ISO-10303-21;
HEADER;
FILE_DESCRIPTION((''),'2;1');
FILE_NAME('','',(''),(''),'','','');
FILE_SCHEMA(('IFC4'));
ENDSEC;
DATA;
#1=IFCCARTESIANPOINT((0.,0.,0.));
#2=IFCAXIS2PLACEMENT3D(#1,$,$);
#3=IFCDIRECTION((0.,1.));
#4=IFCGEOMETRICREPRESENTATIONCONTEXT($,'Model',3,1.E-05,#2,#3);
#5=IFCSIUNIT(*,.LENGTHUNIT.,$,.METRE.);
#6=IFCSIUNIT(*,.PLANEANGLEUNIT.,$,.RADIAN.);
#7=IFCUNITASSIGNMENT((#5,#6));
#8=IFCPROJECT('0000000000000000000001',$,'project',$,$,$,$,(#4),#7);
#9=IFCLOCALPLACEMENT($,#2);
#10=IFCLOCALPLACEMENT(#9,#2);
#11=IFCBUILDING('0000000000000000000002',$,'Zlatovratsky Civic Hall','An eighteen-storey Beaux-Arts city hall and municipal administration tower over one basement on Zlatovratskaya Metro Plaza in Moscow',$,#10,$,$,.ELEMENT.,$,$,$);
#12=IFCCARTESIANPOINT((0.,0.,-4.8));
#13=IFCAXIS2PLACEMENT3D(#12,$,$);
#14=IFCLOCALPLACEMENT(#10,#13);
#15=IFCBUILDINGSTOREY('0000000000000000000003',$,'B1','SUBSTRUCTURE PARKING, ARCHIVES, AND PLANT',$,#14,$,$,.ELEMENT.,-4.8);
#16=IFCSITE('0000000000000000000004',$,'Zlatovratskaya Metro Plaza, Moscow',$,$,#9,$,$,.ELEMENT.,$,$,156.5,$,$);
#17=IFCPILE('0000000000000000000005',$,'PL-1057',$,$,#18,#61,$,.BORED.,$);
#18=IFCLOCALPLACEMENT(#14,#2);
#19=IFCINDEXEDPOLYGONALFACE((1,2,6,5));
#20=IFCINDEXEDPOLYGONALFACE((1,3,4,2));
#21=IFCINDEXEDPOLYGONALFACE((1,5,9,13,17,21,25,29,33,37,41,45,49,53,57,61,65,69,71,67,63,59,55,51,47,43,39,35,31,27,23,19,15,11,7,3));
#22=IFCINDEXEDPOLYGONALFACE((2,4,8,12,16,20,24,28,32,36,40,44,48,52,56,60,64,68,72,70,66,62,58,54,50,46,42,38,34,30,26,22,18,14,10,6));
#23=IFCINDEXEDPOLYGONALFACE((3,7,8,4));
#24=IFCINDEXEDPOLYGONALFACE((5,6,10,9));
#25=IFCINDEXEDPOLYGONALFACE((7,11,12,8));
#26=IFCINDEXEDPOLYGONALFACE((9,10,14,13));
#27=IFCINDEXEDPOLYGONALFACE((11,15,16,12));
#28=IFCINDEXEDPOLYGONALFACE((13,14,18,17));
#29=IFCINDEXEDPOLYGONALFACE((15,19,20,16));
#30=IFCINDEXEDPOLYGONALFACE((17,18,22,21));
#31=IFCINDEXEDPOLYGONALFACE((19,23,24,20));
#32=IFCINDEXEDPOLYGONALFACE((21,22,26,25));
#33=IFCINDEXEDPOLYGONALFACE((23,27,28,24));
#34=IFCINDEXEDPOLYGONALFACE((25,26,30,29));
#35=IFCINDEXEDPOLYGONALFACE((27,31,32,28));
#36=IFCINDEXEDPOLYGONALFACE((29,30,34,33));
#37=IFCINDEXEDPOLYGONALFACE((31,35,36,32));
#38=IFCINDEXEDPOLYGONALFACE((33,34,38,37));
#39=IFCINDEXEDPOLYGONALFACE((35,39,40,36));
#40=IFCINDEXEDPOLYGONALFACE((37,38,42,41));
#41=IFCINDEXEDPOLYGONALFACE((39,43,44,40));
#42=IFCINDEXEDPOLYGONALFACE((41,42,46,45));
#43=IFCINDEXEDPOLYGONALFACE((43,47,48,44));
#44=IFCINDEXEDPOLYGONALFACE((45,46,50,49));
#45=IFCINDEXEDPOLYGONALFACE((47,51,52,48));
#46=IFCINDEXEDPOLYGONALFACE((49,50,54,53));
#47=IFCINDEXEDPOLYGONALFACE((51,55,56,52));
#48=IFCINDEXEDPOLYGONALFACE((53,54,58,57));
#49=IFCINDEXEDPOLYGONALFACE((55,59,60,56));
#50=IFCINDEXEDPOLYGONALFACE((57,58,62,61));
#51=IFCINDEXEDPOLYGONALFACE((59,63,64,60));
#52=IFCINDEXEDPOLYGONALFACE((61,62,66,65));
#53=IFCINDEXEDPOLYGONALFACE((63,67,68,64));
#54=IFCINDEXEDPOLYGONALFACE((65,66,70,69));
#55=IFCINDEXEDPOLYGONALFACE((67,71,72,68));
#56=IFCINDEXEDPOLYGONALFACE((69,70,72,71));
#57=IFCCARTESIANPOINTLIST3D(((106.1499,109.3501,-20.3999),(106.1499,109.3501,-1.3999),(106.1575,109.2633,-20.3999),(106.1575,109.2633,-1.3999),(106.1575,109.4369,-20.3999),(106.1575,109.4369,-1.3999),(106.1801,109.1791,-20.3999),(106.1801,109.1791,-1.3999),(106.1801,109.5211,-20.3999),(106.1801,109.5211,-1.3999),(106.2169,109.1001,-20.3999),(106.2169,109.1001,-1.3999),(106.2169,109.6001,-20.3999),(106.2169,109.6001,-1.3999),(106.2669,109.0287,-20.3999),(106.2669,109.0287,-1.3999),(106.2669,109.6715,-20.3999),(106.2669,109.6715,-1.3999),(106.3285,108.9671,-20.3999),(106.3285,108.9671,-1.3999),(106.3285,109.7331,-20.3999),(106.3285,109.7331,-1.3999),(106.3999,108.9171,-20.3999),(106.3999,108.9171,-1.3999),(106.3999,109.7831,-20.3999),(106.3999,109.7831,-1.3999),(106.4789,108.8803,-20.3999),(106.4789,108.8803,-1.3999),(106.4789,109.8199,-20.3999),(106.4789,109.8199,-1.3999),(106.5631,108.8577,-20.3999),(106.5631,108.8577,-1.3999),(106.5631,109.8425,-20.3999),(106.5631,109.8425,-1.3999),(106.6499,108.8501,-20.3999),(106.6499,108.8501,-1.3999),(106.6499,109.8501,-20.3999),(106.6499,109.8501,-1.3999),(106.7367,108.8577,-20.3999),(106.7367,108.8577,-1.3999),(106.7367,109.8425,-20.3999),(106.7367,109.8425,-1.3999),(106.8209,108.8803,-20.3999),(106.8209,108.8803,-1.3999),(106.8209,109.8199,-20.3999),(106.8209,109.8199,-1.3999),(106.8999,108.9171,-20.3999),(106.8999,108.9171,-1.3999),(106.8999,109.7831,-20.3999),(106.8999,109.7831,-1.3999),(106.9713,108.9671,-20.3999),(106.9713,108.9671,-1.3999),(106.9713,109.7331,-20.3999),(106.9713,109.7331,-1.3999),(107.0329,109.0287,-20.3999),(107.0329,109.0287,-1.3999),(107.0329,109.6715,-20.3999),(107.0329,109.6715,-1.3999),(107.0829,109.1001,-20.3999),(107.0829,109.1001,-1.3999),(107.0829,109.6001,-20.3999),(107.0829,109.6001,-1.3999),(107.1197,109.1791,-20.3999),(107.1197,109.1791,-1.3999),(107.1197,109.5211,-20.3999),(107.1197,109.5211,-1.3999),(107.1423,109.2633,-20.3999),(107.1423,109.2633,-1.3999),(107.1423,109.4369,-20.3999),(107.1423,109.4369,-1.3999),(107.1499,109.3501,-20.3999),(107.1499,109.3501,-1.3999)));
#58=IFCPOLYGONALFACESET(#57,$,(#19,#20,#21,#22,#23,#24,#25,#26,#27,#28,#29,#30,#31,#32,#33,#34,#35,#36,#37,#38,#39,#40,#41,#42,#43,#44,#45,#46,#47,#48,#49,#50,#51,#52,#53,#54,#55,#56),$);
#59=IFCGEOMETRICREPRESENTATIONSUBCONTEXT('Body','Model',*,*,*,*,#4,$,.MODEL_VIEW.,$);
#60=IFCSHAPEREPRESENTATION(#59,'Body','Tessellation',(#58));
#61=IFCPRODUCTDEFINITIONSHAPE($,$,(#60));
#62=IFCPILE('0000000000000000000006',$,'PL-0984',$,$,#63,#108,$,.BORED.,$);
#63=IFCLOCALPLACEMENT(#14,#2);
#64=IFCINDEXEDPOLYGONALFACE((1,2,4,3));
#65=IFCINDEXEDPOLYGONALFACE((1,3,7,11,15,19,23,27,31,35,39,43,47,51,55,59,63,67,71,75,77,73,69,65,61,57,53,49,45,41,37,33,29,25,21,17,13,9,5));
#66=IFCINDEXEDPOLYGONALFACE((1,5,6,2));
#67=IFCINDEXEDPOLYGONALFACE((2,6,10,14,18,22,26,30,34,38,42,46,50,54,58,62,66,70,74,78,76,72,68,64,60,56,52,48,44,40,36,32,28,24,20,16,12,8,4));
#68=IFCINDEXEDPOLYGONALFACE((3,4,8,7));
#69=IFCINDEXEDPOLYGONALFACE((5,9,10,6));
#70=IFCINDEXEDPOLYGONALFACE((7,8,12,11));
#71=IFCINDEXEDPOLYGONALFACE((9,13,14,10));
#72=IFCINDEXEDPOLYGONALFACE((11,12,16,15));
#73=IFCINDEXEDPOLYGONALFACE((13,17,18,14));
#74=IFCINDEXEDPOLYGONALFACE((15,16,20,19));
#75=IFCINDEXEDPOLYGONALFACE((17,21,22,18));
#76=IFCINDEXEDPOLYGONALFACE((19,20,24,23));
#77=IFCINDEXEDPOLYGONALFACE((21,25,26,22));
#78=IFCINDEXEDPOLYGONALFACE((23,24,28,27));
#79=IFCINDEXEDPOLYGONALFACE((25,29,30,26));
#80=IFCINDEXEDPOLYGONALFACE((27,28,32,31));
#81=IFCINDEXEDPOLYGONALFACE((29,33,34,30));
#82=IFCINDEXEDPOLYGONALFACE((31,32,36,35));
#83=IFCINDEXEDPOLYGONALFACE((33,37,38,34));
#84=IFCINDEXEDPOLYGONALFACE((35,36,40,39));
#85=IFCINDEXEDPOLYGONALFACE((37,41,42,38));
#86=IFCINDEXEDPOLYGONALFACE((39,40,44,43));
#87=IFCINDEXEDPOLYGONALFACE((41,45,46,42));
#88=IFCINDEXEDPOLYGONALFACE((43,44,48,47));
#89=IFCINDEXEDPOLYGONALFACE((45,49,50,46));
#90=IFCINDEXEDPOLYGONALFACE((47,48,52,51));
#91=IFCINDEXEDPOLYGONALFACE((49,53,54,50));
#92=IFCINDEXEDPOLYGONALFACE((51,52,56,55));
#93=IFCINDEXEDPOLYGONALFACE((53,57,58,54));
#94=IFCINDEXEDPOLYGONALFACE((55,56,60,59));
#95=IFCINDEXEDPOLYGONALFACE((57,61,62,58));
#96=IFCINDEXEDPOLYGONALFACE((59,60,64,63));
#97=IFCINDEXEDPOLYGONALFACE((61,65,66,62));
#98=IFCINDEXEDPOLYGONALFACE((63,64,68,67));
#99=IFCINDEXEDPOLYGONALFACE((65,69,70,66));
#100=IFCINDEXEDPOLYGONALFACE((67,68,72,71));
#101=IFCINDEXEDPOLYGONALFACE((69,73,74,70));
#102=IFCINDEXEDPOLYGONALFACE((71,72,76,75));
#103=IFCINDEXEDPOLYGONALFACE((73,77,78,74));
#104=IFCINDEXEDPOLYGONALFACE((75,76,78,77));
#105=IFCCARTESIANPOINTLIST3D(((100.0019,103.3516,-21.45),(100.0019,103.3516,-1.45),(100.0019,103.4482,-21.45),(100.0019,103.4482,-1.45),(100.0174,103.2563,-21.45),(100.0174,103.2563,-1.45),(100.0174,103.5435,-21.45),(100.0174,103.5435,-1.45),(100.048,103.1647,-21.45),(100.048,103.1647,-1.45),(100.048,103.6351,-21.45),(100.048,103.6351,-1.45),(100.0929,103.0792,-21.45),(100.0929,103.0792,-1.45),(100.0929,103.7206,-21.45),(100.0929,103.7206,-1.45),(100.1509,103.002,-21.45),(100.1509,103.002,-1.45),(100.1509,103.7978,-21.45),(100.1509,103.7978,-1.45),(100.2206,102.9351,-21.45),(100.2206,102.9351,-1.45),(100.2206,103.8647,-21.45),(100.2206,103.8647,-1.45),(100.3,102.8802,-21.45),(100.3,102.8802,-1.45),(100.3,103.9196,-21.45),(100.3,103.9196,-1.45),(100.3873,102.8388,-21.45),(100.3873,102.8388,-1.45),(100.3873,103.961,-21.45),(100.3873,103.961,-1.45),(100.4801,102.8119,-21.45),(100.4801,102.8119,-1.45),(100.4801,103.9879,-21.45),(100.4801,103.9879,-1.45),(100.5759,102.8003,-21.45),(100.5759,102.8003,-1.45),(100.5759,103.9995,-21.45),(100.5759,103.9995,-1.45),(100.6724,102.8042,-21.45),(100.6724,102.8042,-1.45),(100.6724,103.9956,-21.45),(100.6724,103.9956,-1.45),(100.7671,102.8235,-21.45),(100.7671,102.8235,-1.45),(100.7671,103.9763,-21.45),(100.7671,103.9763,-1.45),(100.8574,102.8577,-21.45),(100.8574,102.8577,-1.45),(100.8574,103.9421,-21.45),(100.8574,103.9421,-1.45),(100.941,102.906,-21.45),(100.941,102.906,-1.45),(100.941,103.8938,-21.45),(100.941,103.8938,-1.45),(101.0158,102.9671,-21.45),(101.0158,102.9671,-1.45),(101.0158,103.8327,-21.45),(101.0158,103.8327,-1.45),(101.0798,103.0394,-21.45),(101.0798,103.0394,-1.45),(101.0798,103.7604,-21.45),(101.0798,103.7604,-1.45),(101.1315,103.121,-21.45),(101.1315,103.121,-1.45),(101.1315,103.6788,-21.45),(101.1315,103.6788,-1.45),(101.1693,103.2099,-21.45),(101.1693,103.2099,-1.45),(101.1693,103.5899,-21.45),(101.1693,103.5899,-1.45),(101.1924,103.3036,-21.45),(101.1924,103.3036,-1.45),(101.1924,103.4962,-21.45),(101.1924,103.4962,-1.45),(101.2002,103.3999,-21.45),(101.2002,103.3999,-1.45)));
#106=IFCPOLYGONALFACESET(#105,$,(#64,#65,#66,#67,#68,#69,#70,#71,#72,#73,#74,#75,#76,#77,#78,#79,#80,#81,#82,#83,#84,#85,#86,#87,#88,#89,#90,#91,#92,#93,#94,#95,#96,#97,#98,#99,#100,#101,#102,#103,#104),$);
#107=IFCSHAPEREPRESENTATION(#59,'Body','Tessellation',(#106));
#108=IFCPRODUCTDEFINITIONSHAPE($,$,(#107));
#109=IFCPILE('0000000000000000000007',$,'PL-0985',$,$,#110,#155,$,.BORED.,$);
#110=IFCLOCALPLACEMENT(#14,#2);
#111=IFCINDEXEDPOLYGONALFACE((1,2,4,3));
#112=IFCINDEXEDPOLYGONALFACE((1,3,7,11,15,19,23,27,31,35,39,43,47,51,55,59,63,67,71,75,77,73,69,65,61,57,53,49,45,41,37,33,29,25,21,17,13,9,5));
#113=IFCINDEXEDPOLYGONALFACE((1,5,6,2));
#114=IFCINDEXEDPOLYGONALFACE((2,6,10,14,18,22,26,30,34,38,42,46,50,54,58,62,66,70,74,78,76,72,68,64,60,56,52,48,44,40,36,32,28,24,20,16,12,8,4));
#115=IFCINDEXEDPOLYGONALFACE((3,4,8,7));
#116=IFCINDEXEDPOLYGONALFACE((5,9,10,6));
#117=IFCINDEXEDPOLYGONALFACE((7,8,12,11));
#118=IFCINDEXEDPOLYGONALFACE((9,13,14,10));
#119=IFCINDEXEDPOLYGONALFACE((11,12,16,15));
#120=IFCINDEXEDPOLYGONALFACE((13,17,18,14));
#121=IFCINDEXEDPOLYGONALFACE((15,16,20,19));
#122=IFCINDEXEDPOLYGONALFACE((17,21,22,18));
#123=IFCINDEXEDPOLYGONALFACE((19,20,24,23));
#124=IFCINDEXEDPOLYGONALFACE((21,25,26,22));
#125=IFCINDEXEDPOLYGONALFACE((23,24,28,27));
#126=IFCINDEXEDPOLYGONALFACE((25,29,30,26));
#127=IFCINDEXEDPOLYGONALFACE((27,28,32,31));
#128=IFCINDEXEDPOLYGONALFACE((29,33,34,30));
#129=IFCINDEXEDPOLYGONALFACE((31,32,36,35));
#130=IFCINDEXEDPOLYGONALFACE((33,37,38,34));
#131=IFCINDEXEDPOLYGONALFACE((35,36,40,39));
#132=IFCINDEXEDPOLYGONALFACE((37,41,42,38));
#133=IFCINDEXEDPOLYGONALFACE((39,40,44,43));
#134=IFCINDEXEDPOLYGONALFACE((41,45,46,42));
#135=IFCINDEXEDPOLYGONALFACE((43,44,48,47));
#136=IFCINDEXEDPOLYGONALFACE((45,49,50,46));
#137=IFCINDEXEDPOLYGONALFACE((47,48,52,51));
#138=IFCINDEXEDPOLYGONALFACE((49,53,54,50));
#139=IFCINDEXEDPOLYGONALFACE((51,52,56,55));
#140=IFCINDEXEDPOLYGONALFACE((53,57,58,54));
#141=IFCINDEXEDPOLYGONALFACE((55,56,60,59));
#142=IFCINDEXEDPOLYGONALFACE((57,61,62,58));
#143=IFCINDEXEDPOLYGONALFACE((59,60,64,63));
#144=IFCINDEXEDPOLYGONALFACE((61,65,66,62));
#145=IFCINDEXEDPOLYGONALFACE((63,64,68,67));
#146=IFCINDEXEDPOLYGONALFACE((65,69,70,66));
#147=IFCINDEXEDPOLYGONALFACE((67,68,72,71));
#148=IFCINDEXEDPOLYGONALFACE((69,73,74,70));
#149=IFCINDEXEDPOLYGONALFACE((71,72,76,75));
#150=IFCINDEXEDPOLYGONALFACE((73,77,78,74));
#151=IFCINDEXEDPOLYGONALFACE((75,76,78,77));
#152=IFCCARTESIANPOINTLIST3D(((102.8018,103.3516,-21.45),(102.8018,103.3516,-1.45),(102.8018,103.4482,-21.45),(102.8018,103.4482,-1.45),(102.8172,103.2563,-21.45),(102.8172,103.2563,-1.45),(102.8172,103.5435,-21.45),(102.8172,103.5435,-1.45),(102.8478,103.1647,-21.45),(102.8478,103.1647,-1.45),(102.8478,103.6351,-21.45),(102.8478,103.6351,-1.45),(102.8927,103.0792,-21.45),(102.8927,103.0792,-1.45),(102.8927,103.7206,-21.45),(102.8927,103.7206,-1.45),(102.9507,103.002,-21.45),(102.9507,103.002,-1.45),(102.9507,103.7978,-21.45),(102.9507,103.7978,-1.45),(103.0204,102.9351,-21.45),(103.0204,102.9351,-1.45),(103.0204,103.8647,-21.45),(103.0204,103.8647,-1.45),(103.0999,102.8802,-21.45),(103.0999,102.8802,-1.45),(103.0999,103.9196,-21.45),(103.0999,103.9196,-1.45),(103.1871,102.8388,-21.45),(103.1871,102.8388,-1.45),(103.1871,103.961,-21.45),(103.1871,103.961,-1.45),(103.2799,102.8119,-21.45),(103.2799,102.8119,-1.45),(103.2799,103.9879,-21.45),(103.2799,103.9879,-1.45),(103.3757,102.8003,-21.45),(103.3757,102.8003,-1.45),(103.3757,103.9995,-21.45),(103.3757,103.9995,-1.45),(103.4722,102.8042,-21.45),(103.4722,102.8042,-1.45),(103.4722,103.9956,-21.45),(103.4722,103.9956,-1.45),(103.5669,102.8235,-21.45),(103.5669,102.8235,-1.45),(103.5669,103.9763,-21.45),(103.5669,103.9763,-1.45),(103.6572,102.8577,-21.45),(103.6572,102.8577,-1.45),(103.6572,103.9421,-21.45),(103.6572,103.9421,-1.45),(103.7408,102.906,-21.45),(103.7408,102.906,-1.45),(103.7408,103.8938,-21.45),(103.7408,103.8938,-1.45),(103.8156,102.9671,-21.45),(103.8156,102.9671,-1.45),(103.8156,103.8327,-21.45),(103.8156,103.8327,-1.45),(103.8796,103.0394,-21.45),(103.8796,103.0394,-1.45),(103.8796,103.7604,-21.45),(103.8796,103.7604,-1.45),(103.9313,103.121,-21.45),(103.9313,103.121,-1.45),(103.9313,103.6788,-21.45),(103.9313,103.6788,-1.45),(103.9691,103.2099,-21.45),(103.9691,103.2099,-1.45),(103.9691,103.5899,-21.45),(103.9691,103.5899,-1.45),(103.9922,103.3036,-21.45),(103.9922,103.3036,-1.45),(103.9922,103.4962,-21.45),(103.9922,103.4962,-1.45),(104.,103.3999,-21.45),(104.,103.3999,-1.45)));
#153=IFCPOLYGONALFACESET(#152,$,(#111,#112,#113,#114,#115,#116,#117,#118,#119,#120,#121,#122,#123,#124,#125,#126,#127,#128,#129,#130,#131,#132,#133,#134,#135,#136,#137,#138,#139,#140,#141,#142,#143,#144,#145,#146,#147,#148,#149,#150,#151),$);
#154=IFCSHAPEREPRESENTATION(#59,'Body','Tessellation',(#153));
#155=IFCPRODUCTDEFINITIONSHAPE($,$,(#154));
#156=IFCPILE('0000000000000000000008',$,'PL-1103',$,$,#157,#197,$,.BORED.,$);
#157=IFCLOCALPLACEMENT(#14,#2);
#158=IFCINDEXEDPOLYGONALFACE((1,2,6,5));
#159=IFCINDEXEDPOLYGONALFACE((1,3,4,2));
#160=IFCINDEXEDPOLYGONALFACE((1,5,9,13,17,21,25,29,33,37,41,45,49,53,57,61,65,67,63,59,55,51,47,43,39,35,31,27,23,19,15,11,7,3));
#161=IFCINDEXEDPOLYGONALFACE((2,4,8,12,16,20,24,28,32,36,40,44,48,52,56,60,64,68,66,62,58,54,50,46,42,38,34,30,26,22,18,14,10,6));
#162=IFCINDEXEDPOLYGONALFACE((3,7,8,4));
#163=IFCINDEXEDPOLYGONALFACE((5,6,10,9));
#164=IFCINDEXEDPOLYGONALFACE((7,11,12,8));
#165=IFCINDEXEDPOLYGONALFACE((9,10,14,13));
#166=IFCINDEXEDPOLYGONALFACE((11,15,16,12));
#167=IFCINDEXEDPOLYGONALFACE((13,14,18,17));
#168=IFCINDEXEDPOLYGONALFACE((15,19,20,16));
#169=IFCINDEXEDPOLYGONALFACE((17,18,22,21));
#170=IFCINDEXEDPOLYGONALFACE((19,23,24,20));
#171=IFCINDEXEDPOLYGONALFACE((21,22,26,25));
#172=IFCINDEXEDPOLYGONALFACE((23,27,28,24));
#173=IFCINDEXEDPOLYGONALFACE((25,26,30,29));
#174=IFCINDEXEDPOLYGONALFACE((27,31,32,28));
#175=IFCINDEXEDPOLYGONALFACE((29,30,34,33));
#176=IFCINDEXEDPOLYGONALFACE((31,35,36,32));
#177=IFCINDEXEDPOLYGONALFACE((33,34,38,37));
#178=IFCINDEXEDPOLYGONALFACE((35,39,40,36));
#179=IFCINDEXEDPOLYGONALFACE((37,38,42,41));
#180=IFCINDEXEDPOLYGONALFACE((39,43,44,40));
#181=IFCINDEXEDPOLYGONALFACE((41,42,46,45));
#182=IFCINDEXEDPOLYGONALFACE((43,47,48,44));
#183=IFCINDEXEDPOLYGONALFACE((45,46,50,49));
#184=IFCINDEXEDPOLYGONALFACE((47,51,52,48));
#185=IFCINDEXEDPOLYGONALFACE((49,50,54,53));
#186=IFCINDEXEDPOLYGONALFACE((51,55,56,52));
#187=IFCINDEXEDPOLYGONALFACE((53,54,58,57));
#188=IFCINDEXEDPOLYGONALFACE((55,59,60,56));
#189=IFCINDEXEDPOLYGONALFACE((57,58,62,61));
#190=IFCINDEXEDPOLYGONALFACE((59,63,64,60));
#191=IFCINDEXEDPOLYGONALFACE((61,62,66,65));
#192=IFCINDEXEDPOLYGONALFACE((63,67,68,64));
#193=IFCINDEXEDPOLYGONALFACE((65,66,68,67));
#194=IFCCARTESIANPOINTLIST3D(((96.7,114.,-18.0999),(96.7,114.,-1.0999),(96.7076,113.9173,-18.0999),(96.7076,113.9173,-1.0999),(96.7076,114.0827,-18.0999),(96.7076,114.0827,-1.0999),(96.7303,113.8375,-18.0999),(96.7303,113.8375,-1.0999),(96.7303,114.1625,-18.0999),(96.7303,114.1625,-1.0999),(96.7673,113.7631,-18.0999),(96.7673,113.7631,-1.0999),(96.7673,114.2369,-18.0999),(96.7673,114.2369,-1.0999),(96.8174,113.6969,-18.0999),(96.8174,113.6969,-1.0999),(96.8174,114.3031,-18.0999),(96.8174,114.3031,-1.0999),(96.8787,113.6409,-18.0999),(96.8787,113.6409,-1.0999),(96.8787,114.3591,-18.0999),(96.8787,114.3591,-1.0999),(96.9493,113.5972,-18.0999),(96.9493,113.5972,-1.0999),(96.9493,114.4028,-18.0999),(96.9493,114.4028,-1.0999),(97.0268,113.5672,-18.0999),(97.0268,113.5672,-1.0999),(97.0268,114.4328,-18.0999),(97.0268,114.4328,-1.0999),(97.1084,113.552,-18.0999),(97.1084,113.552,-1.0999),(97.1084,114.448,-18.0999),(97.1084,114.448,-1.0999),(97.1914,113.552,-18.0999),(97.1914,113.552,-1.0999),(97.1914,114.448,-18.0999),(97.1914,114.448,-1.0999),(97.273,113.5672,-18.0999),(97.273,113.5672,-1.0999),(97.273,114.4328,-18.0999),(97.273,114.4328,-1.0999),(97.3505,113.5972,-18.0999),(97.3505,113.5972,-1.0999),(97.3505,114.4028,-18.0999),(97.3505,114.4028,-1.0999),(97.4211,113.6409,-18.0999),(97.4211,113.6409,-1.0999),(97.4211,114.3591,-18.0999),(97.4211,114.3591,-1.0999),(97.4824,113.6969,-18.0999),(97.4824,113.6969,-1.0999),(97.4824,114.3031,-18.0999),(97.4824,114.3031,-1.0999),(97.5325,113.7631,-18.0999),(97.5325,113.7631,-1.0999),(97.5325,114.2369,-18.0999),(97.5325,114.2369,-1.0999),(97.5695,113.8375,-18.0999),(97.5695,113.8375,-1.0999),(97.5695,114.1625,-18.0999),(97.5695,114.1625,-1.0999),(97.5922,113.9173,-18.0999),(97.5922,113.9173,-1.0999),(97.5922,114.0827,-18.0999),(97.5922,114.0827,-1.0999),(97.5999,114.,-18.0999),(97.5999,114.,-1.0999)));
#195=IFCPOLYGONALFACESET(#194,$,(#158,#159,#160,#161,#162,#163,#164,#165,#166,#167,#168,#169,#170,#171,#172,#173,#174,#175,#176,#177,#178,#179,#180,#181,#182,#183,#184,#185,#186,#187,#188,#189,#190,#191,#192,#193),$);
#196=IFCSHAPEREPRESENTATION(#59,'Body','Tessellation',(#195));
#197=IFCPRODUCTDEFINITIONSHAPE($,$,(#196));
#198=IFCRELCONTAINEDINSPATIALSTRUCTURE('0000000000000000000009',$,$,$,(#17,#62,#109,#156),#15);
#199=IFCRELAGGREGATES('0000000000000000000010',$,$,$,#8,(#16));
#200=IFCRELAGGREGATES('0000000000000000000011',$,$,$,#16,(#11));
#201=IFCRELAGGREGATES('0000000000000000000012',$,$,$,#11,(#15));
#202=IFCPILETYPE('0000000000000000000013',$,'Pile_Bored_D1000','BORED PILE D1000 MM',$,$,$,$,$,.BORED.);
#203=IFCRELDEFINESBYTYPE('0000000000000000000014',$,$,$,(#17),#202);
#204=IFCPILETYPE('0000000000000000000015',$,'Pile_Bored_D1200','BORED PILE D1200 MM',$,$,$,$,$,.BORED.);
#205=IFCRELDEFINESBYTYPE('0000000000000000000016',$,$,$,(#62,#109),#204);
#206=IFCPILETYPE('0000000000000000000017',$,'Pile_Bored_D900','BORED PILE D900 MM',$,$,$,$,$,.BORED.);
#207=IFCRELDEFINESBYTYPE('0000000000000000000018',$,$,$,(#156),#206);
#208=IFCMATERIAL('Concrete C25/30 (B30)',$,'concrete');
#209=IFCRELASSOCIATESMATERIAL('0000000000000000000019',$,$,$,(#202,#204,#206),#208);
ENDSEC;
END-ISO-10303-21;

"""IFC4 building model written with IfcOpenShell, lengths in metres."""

from ifc_helpers import new_model, si_unit, direction, frame, origin, origin_2d, place, context, subcontext, project, spatial, circle, extrude, material, material_profile, profile_set, type_object, element, save


model = new_model("IFC4")

# Units and contexts
model_context = context("Model", 3, precision=1e-05, world=origin(), true_north=direction((0.0, 1.0)))
body_context = subcontext(model_context, "Body", "Model", "MODEL_VIEW")
ifc_project = project(units=[si_unit("LENGTHUNIT", "METRE"), si_unit("PLANEANGLEUNIT", "RADIAN")], contexts=[model_context])

# Site, building, storey
site_placement = place(None, origin())
site = spatial("IfcSite", under=ifc_project, at=site_placement, Name="Zlatovratskaya Metro Plaza, Moscow", CompositionType="ELEMENT", RefElevation=156.5)
building_placement = place(site_placement, origin())
building = spatial("IfcBuilding", under=site, at=building_placement, Name="Zlatovratsky Civic Hall", Description="An eighteen-storey Beaux-Arts city hall and municipal administration tower over one basement on Zlatovratskaya Metro Plaza in Moscow", CompositionType="ELEMENT")
storey_placement = place(building_placement, frame((0.0, 0.0, -4.8)))
storey = spatial("IfcBuildingStorey", under=building, at=storey_placement, Name="B1", Description="SUBSTRUCTURE PARKING, ARCHIVES, AND PLANT", CompositionType="ELEMENT", Elevation=-4.8)

# Shared definitions
ifc_material_1 = material(Name="Concrete C25/30 (B30)", Category="concrete")

# Piles
ifc_material_profile_1 = material_profile(ifc_material_1, circle(Radius=0.5, at=origin_2d()), Name="PILE D1000")
ifc_profile_set_1 = profile_set([ifc_material_profile_1], Name="Concrete C25/30 (B30)")
pile_type_1 = type_object("IfcPileType", Name="Pile_Bored_D1000", Description="BORED PILE D1000 MM", PredefinedType="BORED", material=ifc_profile_set_1)
for number, where, z_axis, x_axis, name in (
    (1, (106.6499, 109.3501, -1.3999), (0.0, 0.0, -1.0), (1.0, 0.0, 0.0), "PL-1057"),
):
    element("IfcPile", number, at=place(storey_placement, frame(where, z_axis=z_axis, x_axis=x_axis)), inside=storey, type_object=pile_type_1, Name=name, PredefinedType="BORED", context=body_context, shape_type="SweptSolid", body=[
        extrude(circle(Radius=0.5, at=origin_2d()), origin(), (0.0, 0.0, 1.0), 19.0),
    ])
ifc_material_profile_2 = material_profile(ifc_material_1, circle(Radius=0.6001, at=origin_2d()), Name="PILE D1200")
ifc_profile_set_2 = profile_set([ifc_material_profile_2], Name="Concrete C25/30 (B30)")
pile_type_2 = type_object("IfcPileType", Name="Pile_Bored_D1200", Description="BORED PILE D1200 MM", PredefinedType="BORED", material=ifc_profile_set_2)
for number, where, z_axis, x_axis, name in (
    (2, (100.6001, 103.3999, -1.45), (0.0, 0.0, -1.0), (1.0, 0.0, 0.0), "PL-0984"),
    (3, (103.3999, 103.3999, -1.45), (0.0, 0.0, -1.0), (1.0, 0.0, 0.0), "PL-0985"),
):
    element("IfcPile", number, at=place(storey_placement, frame(where, z_axis=z_axis, x_axis=x_axis)), inside=storey, type_object=pile_type_2, Name=name, PredefinedType="BORED", context=body_context, shape_type="SweptSolid", body=[
        extrude(circle(Radius=0.6001, at=origin_2d()), origin(), (0.0, 0.0, 1.0), 20.0),
    ])
ifc_material_profile_3 = material_profile(ifc_material_1, circle(Radius=0.45, at=origin_2d()), Name="PILE D900")
ifc_profile_set_3 = profile_set([ifc_material_profile_3], Name="Concrete C25/30 (B30)")
pile_type_3 = type_object("IfcPileType", Name="Pile_Bored_D900", Description="BORED PILE D900 MM", PredefinedType="BORED", material=ifc_profile_set_3)
for number, where, z_axis, x_axis, name in (
    (4, (97.1499, 114.0, -1.0999), (0.0, 0.0, -1.0), (1.0, 0.0, 0.0), "PL-1103"),
):
    element("IfcPile", number, at=place(storey_placement, frame(where, z_axis=z_axis, x_axis=x_axis)), inside=storey, type_object=pile_type_3, Name=name, PredefinedType="BORED", context=body_context, shape_type="SweptSolid", body=[
        extrude(circle(Radius=0.45, at=origin_2d()), origin(), (0.0, 0.0, 1.0), 17.0),
    ])

save(model, "model.ifc")
